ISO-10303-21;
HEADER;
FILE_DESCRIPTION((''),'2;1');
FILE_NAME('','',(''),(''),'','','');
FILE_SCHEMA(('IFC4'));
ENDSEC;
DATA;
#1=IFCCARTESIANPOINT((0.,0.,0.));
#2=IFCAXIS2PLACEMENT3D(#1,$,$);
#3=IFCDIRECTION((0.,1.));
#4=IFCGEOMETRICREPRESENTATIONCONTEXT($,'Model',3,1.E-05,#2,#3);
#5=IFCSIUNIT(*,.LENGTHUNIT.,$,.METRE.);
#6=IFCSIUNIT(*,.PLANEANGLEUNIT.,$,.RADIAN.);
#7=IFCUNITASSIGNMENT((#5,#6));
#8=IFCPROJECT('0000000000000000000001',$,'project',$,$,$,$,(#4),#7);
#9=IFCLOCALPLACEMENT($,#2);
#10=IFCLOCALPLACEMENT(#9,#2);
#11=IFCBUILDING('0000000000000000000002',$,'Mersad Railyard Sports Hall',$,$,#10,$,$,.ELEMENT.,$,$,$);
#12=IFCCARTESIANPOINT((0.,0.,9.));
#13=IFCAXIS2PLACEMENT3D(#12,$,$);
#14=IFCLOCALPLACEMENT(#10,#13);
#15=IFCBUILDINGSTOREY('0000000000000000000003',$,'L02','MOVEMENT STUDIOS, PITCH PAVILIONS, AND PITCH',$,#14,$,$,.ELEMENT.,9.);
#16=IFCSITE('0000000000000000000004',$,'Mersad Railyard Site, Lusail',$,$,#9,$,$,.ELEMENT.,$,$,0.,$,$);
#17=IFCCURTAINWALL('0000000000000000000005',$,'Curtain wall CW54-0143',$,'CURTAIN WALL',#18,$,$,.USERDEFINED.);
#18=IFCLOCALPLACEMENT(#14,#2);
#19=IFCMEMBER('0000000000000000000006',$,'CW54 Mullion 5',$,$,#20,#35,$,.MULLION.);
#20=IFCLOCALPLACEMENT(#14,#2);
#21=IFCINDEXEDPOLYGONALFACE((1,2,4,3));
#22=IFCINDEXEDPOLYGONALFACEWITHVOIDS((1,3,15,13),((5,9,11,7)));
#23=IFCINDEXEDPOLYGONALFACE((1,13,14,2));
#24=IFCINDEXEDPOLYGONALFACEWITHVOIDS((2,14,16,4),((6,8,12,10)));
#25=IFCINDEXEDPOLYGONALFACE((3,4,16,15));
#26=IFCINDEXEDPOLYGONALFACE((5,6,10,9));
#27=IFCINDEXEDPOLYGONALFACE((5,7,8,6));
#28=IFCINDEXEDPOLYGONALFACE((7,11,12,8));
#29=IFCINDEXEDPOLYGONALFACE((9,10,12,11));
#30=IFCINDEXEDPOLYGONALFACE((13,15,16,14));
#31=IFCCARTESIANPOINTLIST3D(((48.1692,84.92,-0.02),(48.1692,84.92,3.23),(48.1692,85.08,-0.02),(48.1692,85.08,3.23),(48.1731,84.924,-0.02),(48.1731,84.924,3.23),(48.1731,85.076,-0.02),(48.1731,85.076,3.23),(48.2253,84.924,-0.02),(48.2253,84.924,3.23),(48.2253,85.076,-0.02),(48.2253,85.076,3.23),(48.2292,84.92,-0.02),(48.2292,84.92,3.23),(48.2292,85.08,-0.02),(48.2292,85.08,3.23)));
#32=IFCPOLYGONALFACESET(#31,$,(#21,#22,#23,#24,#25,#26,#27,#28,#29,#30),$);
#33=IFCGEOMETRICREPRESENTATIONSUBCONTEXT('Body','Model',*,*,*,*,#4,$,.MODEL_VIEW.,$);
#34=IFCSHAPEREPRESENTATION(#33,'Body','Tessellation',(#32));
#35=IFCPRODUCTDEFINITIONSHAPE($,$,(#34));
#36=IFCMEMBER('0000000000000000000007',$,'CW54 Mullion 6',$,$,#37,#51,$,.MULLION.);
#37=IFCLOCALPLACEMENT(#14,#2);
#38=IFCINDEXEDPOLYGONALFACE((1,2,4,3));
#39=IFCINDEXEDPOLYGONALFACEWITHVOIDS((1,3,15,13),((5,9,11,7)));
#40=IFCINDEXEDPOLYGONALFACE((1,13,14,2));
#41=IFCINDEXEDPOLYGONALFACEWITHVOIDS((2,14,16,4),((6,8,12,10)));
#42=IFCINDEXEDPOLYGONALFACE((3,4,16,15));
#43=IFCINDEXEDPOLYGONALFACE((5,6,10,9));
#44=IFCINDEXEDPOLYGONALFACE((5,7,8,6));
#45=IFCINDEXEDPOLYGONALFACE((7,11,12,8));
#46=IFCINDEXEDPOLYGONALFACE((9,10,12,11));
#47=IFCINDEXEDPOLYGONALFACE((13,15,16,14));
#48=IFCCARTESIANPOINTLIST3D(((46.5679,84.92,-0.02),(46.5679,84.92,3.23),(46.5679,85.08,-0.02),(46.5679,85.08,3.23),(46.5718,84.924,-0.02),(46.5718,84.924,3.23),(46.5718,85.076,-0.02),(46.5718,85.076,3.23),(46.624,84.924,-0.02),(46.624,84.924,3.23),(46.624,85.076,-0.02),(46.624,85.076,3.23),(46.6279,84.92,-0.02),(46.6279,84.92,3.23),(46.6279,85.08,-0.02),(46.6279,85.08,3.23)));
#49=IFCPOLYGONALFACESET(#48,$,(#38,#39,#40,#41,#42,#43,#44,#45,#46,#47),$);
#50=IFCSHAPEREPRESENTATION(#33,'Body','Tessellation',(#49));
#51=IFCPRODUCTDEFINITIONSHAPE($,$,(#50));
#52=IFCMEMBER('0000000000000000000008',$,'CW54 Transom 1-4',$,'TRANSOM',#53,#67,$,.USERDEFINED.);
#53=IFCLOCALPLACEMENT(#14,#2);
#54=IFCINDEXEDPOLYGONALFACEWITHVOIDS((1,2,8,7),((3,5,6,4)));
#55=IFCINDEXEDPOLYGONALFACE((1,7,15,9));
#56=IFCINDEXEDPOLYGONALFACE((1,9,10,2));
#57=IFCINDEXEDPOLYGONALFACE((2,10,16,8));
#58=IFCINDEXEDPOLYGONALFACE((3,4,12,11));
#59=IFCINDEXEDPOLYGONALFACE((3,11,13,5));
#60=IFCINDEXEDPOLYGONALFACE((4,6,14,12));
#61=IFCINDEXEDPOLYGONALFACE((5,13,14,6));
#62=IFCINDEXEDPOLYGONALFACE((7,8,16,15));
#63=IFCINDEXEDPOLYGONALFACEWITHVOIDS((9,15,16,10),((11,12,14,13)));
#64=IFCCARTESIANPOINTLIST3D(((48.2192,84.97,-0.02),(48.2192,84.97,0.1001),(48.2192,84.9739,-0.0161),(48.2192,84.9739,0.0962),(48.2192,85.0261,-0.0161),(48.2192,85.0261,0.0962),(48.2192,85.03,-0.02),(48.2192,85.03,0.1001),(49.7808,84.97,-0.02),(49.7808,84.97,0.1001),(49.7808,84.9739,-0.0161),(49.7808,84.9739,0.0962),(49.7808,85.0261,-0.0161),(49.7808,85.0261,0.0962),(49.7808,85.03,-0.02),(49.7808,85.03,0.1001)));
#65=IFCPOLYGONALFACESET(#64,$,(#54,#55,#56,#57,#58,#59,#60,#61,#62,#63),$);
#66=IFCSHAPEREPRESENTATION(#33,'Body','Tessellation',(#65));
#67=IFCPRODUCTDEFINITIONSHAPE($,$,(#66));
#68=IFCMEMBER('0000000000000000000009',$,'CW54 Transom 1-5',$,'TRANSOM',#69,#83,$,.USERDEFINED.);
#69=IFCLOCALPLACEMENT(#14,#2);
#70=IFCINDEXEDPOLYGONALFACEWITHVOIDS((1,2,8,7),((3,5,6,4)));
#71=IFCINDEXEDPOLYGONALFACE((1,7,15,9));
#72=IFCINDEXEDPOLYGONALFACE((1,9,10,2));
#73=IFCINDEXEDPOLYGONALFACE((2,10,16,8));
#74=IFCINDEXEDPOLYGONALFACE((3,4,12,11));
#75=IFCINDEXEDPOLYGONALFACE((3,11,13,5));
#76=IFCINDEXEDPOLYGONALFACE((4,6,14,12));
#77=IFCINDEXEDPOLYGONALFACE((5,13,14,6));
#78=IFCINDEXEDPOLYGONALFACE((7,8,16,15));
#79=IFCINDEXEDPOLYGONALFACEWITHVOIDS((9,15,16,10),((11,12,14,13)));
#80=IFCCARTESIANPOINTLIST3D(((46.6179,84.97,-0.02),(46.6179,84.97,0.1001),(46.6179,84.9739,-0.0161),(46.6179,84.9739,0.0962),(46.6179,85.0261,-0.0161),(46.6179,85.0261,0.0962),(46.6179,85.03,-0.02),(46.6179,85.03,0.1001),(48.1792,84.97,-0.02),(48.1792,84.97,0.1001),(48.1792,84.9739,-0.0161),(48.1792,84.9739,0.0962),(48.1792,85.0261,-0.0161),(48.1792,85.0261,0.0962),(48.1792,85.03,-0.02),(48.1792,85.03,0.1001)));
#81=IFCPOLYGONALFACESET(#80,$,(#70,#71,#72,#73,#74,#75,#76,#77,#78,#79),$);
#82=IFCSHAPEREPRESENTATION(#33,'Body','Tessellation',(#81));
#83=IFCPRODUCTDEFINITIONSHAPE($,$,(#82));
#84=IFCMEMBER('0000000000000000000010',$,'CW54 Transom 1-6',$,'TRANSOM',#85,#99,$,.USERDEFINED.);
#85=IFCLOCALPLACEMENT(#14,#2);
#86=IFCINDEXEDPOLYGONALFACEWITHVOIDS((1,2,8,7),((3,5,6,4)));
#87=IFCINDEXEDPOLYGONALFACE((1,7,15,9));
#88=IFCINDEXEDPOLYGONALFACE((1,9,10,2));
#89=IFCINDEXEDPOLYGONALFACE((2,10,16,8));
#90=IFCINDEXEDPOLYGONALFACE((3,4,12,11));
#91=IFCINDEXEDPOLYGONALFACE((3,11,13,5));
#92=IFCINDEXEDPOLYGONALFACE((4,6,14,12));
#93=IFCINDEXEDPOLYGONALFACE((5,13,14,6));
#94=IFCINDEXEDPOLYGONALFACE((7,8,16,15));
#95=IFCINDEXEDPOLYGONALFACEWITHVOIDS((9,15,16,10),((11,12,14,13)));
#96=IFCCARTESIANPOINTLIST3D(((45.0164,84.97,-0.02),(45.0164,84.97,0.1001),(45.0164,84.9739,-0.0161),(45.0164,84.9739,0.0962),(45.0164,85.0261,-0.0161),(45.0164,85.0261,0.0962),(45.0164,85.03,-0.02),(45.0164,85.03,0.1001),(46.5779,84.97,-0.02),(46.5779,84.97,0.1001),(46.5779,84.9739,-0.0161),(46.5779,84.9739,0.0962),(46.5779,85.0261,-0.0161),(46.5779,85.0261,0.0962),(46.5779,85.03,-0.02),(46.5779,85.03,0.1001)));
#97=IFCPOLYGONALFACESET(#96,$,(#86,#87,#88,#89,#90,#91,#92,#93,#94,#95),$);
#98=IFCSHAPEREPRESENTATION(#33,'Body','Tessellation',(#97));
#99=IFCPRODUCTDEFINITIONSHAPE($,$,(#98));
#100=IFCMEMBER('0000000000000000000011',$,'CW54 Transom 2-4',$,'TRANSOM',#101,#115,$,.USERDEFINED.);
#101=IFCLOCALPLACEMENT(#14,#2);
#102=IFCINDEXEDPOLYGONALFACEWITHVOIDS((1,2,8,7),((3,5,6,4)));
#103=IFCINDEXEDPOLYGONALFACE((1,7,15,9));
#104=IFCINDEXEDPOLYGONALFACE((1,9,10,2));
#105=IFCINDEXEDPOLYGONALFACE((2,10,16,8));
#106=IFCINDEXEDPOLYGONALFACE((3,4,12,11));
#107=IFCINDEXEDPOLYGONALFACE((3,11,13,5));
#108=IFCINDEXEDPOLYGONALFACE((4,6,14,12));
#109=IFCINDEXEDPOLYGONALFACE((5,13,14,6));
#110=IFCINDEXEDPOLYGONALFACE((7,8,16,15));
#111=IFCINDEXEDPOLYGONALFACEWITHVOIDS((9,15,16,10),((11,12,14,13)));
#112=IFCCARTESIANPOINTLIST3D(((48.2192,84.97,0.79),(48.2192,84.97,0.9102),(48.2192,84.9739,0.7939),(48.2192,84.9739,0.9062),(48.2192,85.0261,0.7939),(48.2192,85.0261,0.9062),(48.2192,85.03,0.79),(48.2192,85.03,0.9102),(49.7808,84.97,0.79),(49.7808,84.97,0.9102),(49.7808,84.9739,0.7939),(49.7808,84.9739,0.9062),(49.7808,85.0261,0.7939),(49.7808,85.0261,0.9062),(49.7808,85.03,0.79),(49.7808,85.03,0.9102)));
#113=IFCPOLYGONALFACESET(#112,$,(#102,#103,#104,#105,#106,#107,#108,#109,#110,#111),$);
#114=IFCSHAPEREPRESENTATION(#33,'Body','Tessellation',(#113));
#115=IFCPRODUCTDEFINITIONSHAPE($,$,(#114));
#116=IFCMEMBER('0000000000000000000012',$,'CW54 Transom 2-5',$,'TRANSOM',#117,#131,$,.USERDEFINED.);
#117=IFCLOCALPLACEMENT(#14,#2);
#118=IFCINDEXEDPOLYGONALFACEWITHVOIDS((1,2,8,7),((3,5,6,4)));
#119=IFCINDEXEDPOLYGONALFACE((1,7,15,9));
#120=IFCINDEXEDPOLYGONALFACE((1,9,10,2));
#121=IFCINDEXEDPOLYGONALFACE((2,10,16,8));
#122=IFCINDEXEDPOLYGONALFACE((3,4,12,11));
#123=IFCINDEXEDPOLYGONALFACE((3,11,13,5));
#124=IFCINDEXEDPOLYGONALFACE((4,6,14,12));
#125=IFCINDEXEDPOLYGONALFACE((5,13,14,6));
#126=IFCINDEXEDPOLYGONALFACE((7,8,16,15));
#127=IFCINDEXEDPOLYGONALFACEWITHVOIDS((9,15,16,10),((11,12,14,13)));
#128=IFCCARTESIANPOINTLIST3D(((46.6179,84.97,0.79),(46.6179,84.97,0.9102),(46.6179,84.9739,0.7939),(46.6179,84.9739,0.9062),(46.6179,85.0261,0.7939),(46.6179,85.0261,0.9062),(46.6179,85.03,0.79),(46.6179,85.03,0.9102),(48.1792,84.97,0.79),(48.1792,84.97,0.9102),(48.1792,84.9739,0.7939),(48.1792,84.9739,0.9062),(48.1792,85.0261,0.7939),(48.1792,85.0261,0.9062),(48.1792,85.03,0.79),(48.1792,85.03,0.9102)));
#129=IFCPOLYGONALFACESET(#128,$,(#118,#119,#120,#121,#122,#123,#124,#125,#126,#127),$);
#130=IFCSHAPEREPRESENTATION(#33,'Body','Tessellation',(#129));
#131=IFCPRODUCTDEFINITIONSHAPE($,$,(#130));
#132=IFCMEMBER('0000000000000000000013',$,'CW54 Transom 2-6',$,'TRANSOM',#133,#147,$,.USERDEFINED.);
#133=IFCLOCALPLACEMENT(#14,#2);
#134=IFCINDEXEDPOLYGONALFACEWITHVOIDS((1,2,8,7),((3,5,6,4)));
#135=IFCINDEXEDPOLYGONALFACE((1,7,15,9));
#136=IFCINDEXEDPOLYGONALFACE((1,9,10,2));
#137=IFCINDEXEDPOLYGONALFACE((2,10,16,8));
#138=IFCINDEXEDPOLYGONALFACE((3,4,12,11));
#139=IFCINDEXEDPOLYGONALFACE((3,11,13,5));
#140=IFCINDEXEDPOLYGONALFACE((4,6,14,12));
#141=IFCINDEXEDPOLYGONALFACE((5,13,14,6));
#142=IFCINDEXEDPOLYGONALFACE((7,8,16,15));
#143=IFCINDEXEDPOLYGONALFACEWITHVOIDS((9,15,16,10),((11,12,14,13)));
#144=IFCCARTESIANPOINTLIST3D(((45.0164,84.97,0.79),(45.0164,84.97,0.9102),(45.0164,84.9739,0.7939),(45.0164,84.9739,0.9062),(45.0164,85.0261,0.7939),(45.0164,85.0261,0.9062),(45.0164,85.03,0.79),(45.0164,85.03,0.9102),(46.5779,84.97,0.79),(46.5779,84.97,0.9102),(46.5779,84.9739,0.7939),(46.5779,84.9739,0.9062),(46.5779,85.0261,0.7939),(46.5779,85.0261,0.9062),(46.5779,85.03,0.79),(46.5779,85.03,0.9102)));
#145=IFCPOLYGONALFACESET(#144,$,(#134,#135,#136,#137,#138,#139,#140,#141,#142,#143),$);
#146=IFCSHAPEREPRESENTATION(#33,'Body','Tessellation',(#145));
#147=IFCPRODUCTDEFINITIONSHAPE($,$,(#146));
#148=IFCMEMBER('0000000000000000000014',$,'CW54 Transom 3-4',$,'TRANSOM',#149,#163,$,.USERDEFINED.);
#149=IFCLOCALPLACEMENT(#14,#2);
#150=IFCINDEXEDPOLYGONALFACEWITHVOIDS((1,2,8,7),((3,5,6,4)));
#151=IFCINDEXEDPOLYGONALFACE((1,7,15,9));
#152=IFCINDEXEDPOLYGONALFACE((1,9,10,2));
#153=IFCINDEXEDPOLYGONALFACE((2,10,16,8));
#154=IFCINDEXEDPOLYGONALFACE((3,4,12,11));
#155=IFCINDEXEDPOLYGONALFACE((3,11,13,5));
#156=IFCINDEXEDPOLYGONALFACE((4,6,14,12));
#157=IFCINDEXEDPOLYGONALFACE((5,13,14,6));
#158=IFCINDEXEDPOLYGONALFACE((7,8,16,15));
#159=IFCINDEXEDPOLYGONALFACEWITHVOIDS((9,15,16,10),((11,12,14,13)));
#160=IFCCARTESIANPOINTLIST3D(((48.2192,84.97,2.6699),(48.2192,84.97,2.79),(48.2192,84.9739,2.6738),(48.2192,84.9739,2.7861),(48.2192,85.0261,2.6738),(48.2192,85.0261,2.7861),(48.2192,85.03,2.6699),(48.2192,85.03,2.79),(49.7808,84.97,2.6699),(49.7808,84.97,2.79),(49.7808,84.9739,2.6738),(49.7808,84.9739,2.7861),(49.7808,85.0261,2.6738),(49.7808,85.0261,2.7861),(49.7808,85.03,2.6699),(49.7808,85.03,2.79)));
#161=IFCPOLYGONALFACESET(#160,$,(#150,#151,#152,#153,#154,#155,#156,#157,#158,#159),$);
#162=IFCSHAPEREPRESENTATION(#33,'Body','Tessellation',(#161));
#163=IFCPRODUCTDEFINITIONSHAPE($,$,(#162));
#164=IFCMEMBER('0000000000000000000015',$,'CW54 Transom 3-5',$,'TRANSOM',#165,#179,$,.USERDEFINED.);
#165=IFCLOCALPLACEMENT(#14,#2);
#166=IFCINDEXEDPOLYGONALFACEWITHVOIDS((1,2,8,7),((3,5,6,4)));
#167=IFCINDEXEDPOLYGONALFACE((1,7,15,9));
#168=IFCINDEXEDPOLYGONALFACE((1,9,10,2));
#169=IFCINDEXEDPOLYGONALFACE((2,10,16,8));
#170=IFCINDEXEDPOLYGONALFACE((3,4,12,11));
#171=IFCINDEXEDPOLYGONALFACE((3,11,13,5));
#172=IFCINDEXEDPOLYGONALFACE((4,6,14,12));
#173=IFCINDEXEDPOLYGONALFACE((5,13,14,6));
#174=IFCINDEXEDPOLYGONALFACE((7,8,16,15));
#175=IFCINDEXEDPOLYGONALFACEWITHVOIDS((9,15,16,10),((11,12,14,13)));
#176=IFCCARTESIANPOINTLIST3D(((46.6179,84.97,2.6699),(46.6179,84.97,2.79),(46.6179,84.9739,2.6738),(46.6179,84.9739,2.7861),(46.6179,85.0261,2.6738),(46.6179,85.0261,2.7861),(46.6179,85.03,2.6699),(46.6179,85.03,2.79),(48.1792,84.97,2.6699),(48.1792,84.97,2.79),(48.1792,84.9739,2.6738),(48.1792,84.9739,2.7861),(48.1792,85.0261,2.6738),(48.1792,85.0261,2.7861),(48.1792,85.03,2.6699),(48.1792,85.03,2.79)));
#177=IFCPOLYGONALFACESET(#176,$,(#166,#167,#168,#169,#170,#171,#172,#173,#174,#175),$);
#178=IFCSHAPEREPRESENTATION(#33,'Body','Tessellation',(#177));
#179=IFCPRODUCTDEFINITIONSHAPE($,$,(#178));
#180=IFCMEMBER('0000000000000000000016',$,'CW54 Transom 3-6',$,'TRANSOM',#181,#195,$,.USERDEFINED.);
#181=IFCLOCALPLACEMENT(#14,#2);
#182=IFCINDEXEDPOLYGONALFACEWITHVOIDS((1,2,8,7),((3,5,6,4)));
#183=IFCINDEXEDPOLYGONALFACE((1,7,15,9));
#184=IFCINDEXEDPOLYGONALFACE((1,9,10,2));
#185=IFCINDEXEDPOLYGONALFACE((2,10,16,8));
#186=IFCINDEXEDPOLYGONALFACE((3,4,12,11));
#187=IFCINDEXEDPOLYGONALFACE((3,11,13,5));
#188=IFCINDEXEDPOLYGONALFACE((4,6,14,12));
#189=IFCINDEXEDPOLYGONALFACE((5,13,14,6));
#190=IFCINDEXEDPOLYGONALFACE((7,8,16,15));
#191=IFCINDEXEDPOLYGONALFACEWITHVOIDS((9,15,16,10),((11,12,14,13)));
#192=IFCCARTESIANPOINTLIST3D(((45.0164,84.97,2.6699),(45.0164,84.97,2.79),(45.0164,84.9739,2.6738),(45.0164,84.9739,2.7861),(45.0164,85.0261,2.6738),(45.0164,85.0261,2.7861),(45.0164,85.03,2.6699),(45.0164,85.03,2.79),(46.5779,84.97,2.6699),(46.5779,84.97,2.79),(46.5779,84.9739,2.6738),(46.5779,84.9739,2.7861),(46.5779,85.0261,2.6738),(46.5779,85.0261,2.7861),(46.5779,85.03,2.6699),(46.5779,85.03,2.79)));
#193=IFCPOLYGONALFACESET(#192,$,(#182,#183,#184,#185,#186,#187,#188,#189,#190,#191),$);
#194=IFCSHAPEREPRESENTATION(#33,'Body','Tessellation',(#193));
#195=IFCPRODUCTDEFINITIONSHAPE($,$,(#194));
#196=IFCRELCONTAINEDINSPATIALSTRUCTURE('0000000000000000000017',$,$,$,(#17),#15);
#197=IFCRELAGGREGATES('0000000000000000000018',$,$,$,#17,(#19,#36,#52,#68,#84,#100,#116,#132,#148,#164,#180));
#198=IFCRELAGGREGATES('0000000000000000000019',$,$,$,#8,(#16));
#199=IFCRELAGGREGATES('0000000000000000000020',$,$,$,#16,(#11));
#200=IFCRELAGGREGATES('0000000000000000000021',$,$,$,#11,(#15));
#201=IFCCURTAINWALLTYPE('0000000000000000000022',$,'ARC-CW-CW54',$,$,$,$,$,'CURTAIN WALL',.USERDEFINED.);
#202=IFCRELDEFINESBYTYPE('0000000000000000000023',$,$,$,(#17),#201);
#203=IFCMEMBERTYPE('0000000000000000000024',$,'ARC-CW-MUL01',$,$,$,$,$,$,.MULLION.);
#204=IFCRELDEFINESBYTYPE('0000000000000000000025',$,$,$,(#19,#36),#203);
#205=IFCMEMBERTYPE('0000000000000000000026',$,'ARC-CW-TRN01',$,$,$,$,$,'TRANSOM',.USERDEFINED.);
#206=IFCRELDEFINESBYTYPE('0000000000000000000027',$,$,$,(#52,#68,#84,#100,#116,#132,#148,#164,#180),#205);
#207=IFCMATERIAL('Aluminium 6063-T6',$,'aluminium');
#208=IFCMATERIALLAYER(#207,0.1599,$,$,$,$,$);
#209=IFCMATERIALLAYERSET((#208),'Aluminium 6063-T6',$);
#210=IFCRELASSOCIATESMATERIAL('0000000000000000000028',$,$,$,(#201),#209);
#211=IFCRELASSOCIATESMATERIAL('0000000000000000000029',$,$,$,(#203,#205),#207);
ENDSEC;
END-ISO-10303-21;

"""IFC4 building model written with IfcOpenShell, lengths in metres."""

from ifc_helpers import new_model, si_unit, direction, frame, origin, origin_2d, place, context, subcontext, project, spatial, hollow_rectangle, extrude, material, layer, layer_set, material_profile, profile_set, type_object, element, aggregate, save


model = new_model("IFC4")

# Units and contexts
model_context = context("Model", 3, precision=1e-05, world=origin(), true_north=direction((0.0, 1.0)))
body_context = subcontext(model_context, "Body", "Model", "MODEL_VIEW")
ifc_project = project(units=[si_unit("LENGTHUNIT", "METRE"), si_unit("PLANEANGLEUNIT", "RADIAN")], contexts=[model_context])

# Site, building, storey
site_placement = place(None, origin())
site = spatial("IfcSite", under=ifc_project, at=site_placement, Name="Mersad Railyard Site, Lusail", CompositionType="ELEMENT", RefElevation=0.0)
building_placement = place(site_placement, origin())
building = spatial("IfcBuilding", under=site, at=building_placement, Name="Mersad Railyard Sports Hall", CompositionType="ELEMENT")
storey_placement = place(building_placement, frame((0.0, 0.0, 9.0)))
storey = spatial("IfcBuildingStorey", under=building, at=storey_placement, Name="L02", Description="MOVEMENT STUDIOS, PITCH PAVILIONS, AND PITCH", CompositionType="ELEMENT", Elevation=9.0)

# Curtain wall, members
ifc_material_1 = material(Name="Aluminium 6063-T6", Category="aluminium")
ifc_layer_1 = layer(ifc_material_1, 0.1599)
ifc_layer_set_1 = layer_set([ifc_layer_1], Name="Aluminium 6063-T6")
curtain_wall_type = type_object("IfcCurtainWallType", Name="ARC-CW-CW54", ElementType="CURTAIN WALL", PredefinedType="USERDEFINED", material=ifc_layer_set_1)
curtain_wall_placement = place(storey_placement, origin())
curtain_wall = element("IfcCurtainWall", 1, at=curtain_wall_placement, inside=storey, type_object=curtain_wall_type, Name="Curtain wall CW54-0143", ObjectType="CURTAIN WALL", PredefinedType="USERDEFINED")
ifc_material_profile_1 = material_profile(ifc_material_1, hollow_rectangle(XDim=0.0601, YDim=0.1599, WallThickness=0.0039, at=origin_2d()), Name="AL MULLION 60x160x4")
ifc_profile_set_1 = profile_set([ifc_material_profile_1], Name="Aluminium 6063-T6")
member_type_1 = type_object("IfcMemberType", Name="ARC-CW-MUL01", PredefinedType="MULLION", material=ifc_profile_set_1)
member_1_placement = place(storey_placement, frame((48.1992, 85.0, -0.02), z_axis=(0.0, 0.0, 1.0), x_axis=(1.0, 0.0, 0.0)))
member_1 = element("IfcMember", 2, at=member_1_placement, type_object=member_type_1, Name="CW54 Mullion 5", PredefinedType="MULLION", context=body_context, shape_type="SweptSolid", body=[
    extrude(hollow_rectangle(XDim=0.0601, YDim=0.1599, WallThickness=0.0039, at=origin_2d()), origin(), (0.0, 0.0, 1.0), 3.25),
])
member_2_placement = place(storey_placement, frame((46.5979, 85.0, -0.02), z_axis=(0.0, 0.0, 1.0), x_axis=(1.0, 0.0, 0.0)))
member_2 = element("IfcMember", 3, at=member_2_placement, type_object=member_type_1, Name="CW54 Mullion 6", PredefinedType="MULLION", context=body_context, shape_type="SweptSolid", body=[
    extrude(hollow_rectangle(XDim=0.0601, YDim=0.1599, WallThickness=0.0039, at=origin_2d()), origin(), (0.0, 0.0, 1.0), 3.25),
])
ifc_material_profile_2 = material_profile(ifc_material_1, hollow_rectangle(XDim=0.0601, YDim=0.1201, WallThickness=0.0039, at=origin_2d()), Name="AL TRANSOM 60x120x4")
ifc_profile_set_2 = profile_set([ifc_material_profile_2], Name="Aluminium 6063-T6")
member_type_2 = type_object("IfcMemberType", Name="ARC-CW-TRN01", ElementType="TRANSOM", PredefinedType="USERDEFINED", material=ifc_profile_set_2)
member_3_placement = place(storey_placement, frame((49.7808, 85.0, 0.04), z_axis=(-1.0, 0.0, 0.0), x_axis=(0.0, -1.0, 0.0)))
member_3 = element("IfcMember", 4, at=member_3_placement, type_object=member_type_2, Name="CW54 Transom 1-4", ObjectType="TRANSOM", PredefinedType="USERDEFINED", context=body_context, shape_type="SweptSolid", body=[
    extrude(hollow_rectangle(XDim=0.0601, YDim=0.1201, WallThickness=0.0039, at=origin_2d()), origin(), (0.0, 0.0, 1.0), 1.5615),
])
member_4_placement = place(storey_placement, frame((48.1792, 85.0, 0.04), z_axis=(-1.0, 0.0, 0.0), x_axis=(0.0, -1.0, 0.0)))
member_4 = element("IfcMember", 5, at=member_4_placement, type_object=member_type_2, Name="CW54 Transom 1-5", ObjectType="TRANSOM", PredefinedType="USERDEFINED", context=body_context, shape_type="SweptSolid", body=[
    extrude(hollow_rectangle(XDim=0.0601, YDim=0.1201, WallThickness=0.0039, at=origin_2d()), origin(), (0.0, 0.0, 1.0), 1.5613),
])
member_5_placement = place(storey_placement, frame((46.5779, 85.0, 0.04), z_axis=(-1.0, 0.0, 0.0), x_axis=(0.0, -1.0, 0.0)))
member_5 = element("IfcMember", 6, at=member_5_placement, type_object=member_type_2, Name="CW54 Transom 1-6", ObjectType="TRANSOM", PredefinedType="USERDEFINED", context=body_context, shape_type="SweptSolid", body=[
    extrude(hollow_rectangle(XDim=0.0601, YDim=0.1201, WallThickness=0.0039, at=origin_2d()), origin(), (0.0, 0.0, 1.0), 1.5615),
])
member_6_placement = place(storey_placement, frame((49.7808, 85.0, 0.8501), z_axis=(-1.0, 0.0, 0.0), x_axis=(0.0, -1.0, 0.0)))
member_6 = element("IfcMember", 7, at=member_6_placement, type_object=member_type_2, Name="CW54 Transom 2-4", ObjectType="TRANSOM", PredefinedType="USERDEFINED", context=body_context, shape_type="SweptSolid", body=[
    extrude(hollow_rectangle(XDim=0.0601, YDim=0.1201, WallThickness=0.0039, at=origin_2d()), origin(), (0.0, 0.0, 1.0), 1.5615),
])
member_7_placement = place(storey_placement, frame((48.1792, 85.0, 0.8501), z_axis=(-1.0, 0.0, 0.0), x_axis=(0.0, -1.0, 0.0)))
member_7 = element("IfcMember", 8, at=member_7_placement, type_object=member_type_2, Name="CW54 Transom 2-5", ObjectType="TRANSOM", PredefinedType="USERDEFINED", context=body_context, shape_type="SweptSolid", body=[
    extrude(hollow_rectangle(XDim=0.0601, YDim=0.1201, WallThickness=0.0039, at=origin_2d()), origin(), (0.0, 0.0, 1.0), 1.5613),
])
member_8_placement = place(storey_placement, frame((46.5779, 85.0, 0.8501), z_axis=(-1.0, 0.0, 0.0), x_axis=(0.0, -1.0, 0.0)))
member_8 = element("IfcMember", 9, at=member_8_placement, type_object=member_type_2, Name="CW54 Transom 2-6", ObjectType="TRANSOM", PredefinedType="USERDEFINED", context=body_context, shape_type="SweptSolid", body=[
    extrude(hollow_rectangle(XDim=0.0601, YDim=0.1201, WallThickness=0.0039, at=origin_2d()), origin(), (0.0, 0.0, 1.0), 1.5615),
])
member_9_placement = place(storey_placement, frame((49.7808, 85.0, 2.73), z_axis=(-1.0, 0.0, 0.0), x_axis=(0.0, -1.0, 0.0)))
member_9 = element("IfcMember", 10, at=member_9_placement, type_object=member_type_2, Name="CW54 Transom 3-4", ObjectType="TRANSOM", PredefinedType="USERDEFINED", context=body_context, shape_type="SweptSolid", body=[
    extrude(hollow_rectangle(XDim=0.0601, YDim=0.1201, WallThickness=0.0039, at=origin_2d()), origin(), (0.0, 0.0, 1.0), 1.5615),
])
member_10_placement = place(storey_placement, frame((48.1792, 85.0, 2.73), z_axis=(-1.0, 0.0, 0.0), x_axis=(0.0, -1.0, 0.0)))
member_10 = element("IfcMember", 11, at=member_10_placement, type_object=member_type_2, Name="CW54 Transom 3-5", ObjectType="TRANSOM", PredefinedType="USERDEFINED", context=body_context, shape_type="SweptSolid", body=[
    extrude(hollow_rectangle(XDim=0.0601, YDim=0.1201, WallThickness=0.0039, at=origin_2d()), origin(), (0.0, 0.0, 1.0), 1.5613),
])
member_11_placement = place(storey_placement, frame((46.5779, 85.0, 2.73), z_axis=(-1.0, 0.0, 0.0), x_axis=(0.0, -1.0, 0.0)))
member_11 = element("IfcMember", 12, at=member_11_placement, type_object=member_type_2, Name="CW54 Transom 3-6", ObjectType="TRANSOM", PredefinedType="USERDEFINED", context=body_context, shape_type="SweptSolid", body=[
    extrude(hollow_rectangle(XDim=0.0601, YDim=0.1201, WallThickness=0.0039, at=origin_2d()), origin(), (0.0, 0.0, 1.0), 1.5615),
])
aggregate(curtain_wall, [member_1, member_2, member_3, member_4, member_5, member_6, member_7, member_8, member_9, member_10, member_11])

save(model, "model.ifc")
